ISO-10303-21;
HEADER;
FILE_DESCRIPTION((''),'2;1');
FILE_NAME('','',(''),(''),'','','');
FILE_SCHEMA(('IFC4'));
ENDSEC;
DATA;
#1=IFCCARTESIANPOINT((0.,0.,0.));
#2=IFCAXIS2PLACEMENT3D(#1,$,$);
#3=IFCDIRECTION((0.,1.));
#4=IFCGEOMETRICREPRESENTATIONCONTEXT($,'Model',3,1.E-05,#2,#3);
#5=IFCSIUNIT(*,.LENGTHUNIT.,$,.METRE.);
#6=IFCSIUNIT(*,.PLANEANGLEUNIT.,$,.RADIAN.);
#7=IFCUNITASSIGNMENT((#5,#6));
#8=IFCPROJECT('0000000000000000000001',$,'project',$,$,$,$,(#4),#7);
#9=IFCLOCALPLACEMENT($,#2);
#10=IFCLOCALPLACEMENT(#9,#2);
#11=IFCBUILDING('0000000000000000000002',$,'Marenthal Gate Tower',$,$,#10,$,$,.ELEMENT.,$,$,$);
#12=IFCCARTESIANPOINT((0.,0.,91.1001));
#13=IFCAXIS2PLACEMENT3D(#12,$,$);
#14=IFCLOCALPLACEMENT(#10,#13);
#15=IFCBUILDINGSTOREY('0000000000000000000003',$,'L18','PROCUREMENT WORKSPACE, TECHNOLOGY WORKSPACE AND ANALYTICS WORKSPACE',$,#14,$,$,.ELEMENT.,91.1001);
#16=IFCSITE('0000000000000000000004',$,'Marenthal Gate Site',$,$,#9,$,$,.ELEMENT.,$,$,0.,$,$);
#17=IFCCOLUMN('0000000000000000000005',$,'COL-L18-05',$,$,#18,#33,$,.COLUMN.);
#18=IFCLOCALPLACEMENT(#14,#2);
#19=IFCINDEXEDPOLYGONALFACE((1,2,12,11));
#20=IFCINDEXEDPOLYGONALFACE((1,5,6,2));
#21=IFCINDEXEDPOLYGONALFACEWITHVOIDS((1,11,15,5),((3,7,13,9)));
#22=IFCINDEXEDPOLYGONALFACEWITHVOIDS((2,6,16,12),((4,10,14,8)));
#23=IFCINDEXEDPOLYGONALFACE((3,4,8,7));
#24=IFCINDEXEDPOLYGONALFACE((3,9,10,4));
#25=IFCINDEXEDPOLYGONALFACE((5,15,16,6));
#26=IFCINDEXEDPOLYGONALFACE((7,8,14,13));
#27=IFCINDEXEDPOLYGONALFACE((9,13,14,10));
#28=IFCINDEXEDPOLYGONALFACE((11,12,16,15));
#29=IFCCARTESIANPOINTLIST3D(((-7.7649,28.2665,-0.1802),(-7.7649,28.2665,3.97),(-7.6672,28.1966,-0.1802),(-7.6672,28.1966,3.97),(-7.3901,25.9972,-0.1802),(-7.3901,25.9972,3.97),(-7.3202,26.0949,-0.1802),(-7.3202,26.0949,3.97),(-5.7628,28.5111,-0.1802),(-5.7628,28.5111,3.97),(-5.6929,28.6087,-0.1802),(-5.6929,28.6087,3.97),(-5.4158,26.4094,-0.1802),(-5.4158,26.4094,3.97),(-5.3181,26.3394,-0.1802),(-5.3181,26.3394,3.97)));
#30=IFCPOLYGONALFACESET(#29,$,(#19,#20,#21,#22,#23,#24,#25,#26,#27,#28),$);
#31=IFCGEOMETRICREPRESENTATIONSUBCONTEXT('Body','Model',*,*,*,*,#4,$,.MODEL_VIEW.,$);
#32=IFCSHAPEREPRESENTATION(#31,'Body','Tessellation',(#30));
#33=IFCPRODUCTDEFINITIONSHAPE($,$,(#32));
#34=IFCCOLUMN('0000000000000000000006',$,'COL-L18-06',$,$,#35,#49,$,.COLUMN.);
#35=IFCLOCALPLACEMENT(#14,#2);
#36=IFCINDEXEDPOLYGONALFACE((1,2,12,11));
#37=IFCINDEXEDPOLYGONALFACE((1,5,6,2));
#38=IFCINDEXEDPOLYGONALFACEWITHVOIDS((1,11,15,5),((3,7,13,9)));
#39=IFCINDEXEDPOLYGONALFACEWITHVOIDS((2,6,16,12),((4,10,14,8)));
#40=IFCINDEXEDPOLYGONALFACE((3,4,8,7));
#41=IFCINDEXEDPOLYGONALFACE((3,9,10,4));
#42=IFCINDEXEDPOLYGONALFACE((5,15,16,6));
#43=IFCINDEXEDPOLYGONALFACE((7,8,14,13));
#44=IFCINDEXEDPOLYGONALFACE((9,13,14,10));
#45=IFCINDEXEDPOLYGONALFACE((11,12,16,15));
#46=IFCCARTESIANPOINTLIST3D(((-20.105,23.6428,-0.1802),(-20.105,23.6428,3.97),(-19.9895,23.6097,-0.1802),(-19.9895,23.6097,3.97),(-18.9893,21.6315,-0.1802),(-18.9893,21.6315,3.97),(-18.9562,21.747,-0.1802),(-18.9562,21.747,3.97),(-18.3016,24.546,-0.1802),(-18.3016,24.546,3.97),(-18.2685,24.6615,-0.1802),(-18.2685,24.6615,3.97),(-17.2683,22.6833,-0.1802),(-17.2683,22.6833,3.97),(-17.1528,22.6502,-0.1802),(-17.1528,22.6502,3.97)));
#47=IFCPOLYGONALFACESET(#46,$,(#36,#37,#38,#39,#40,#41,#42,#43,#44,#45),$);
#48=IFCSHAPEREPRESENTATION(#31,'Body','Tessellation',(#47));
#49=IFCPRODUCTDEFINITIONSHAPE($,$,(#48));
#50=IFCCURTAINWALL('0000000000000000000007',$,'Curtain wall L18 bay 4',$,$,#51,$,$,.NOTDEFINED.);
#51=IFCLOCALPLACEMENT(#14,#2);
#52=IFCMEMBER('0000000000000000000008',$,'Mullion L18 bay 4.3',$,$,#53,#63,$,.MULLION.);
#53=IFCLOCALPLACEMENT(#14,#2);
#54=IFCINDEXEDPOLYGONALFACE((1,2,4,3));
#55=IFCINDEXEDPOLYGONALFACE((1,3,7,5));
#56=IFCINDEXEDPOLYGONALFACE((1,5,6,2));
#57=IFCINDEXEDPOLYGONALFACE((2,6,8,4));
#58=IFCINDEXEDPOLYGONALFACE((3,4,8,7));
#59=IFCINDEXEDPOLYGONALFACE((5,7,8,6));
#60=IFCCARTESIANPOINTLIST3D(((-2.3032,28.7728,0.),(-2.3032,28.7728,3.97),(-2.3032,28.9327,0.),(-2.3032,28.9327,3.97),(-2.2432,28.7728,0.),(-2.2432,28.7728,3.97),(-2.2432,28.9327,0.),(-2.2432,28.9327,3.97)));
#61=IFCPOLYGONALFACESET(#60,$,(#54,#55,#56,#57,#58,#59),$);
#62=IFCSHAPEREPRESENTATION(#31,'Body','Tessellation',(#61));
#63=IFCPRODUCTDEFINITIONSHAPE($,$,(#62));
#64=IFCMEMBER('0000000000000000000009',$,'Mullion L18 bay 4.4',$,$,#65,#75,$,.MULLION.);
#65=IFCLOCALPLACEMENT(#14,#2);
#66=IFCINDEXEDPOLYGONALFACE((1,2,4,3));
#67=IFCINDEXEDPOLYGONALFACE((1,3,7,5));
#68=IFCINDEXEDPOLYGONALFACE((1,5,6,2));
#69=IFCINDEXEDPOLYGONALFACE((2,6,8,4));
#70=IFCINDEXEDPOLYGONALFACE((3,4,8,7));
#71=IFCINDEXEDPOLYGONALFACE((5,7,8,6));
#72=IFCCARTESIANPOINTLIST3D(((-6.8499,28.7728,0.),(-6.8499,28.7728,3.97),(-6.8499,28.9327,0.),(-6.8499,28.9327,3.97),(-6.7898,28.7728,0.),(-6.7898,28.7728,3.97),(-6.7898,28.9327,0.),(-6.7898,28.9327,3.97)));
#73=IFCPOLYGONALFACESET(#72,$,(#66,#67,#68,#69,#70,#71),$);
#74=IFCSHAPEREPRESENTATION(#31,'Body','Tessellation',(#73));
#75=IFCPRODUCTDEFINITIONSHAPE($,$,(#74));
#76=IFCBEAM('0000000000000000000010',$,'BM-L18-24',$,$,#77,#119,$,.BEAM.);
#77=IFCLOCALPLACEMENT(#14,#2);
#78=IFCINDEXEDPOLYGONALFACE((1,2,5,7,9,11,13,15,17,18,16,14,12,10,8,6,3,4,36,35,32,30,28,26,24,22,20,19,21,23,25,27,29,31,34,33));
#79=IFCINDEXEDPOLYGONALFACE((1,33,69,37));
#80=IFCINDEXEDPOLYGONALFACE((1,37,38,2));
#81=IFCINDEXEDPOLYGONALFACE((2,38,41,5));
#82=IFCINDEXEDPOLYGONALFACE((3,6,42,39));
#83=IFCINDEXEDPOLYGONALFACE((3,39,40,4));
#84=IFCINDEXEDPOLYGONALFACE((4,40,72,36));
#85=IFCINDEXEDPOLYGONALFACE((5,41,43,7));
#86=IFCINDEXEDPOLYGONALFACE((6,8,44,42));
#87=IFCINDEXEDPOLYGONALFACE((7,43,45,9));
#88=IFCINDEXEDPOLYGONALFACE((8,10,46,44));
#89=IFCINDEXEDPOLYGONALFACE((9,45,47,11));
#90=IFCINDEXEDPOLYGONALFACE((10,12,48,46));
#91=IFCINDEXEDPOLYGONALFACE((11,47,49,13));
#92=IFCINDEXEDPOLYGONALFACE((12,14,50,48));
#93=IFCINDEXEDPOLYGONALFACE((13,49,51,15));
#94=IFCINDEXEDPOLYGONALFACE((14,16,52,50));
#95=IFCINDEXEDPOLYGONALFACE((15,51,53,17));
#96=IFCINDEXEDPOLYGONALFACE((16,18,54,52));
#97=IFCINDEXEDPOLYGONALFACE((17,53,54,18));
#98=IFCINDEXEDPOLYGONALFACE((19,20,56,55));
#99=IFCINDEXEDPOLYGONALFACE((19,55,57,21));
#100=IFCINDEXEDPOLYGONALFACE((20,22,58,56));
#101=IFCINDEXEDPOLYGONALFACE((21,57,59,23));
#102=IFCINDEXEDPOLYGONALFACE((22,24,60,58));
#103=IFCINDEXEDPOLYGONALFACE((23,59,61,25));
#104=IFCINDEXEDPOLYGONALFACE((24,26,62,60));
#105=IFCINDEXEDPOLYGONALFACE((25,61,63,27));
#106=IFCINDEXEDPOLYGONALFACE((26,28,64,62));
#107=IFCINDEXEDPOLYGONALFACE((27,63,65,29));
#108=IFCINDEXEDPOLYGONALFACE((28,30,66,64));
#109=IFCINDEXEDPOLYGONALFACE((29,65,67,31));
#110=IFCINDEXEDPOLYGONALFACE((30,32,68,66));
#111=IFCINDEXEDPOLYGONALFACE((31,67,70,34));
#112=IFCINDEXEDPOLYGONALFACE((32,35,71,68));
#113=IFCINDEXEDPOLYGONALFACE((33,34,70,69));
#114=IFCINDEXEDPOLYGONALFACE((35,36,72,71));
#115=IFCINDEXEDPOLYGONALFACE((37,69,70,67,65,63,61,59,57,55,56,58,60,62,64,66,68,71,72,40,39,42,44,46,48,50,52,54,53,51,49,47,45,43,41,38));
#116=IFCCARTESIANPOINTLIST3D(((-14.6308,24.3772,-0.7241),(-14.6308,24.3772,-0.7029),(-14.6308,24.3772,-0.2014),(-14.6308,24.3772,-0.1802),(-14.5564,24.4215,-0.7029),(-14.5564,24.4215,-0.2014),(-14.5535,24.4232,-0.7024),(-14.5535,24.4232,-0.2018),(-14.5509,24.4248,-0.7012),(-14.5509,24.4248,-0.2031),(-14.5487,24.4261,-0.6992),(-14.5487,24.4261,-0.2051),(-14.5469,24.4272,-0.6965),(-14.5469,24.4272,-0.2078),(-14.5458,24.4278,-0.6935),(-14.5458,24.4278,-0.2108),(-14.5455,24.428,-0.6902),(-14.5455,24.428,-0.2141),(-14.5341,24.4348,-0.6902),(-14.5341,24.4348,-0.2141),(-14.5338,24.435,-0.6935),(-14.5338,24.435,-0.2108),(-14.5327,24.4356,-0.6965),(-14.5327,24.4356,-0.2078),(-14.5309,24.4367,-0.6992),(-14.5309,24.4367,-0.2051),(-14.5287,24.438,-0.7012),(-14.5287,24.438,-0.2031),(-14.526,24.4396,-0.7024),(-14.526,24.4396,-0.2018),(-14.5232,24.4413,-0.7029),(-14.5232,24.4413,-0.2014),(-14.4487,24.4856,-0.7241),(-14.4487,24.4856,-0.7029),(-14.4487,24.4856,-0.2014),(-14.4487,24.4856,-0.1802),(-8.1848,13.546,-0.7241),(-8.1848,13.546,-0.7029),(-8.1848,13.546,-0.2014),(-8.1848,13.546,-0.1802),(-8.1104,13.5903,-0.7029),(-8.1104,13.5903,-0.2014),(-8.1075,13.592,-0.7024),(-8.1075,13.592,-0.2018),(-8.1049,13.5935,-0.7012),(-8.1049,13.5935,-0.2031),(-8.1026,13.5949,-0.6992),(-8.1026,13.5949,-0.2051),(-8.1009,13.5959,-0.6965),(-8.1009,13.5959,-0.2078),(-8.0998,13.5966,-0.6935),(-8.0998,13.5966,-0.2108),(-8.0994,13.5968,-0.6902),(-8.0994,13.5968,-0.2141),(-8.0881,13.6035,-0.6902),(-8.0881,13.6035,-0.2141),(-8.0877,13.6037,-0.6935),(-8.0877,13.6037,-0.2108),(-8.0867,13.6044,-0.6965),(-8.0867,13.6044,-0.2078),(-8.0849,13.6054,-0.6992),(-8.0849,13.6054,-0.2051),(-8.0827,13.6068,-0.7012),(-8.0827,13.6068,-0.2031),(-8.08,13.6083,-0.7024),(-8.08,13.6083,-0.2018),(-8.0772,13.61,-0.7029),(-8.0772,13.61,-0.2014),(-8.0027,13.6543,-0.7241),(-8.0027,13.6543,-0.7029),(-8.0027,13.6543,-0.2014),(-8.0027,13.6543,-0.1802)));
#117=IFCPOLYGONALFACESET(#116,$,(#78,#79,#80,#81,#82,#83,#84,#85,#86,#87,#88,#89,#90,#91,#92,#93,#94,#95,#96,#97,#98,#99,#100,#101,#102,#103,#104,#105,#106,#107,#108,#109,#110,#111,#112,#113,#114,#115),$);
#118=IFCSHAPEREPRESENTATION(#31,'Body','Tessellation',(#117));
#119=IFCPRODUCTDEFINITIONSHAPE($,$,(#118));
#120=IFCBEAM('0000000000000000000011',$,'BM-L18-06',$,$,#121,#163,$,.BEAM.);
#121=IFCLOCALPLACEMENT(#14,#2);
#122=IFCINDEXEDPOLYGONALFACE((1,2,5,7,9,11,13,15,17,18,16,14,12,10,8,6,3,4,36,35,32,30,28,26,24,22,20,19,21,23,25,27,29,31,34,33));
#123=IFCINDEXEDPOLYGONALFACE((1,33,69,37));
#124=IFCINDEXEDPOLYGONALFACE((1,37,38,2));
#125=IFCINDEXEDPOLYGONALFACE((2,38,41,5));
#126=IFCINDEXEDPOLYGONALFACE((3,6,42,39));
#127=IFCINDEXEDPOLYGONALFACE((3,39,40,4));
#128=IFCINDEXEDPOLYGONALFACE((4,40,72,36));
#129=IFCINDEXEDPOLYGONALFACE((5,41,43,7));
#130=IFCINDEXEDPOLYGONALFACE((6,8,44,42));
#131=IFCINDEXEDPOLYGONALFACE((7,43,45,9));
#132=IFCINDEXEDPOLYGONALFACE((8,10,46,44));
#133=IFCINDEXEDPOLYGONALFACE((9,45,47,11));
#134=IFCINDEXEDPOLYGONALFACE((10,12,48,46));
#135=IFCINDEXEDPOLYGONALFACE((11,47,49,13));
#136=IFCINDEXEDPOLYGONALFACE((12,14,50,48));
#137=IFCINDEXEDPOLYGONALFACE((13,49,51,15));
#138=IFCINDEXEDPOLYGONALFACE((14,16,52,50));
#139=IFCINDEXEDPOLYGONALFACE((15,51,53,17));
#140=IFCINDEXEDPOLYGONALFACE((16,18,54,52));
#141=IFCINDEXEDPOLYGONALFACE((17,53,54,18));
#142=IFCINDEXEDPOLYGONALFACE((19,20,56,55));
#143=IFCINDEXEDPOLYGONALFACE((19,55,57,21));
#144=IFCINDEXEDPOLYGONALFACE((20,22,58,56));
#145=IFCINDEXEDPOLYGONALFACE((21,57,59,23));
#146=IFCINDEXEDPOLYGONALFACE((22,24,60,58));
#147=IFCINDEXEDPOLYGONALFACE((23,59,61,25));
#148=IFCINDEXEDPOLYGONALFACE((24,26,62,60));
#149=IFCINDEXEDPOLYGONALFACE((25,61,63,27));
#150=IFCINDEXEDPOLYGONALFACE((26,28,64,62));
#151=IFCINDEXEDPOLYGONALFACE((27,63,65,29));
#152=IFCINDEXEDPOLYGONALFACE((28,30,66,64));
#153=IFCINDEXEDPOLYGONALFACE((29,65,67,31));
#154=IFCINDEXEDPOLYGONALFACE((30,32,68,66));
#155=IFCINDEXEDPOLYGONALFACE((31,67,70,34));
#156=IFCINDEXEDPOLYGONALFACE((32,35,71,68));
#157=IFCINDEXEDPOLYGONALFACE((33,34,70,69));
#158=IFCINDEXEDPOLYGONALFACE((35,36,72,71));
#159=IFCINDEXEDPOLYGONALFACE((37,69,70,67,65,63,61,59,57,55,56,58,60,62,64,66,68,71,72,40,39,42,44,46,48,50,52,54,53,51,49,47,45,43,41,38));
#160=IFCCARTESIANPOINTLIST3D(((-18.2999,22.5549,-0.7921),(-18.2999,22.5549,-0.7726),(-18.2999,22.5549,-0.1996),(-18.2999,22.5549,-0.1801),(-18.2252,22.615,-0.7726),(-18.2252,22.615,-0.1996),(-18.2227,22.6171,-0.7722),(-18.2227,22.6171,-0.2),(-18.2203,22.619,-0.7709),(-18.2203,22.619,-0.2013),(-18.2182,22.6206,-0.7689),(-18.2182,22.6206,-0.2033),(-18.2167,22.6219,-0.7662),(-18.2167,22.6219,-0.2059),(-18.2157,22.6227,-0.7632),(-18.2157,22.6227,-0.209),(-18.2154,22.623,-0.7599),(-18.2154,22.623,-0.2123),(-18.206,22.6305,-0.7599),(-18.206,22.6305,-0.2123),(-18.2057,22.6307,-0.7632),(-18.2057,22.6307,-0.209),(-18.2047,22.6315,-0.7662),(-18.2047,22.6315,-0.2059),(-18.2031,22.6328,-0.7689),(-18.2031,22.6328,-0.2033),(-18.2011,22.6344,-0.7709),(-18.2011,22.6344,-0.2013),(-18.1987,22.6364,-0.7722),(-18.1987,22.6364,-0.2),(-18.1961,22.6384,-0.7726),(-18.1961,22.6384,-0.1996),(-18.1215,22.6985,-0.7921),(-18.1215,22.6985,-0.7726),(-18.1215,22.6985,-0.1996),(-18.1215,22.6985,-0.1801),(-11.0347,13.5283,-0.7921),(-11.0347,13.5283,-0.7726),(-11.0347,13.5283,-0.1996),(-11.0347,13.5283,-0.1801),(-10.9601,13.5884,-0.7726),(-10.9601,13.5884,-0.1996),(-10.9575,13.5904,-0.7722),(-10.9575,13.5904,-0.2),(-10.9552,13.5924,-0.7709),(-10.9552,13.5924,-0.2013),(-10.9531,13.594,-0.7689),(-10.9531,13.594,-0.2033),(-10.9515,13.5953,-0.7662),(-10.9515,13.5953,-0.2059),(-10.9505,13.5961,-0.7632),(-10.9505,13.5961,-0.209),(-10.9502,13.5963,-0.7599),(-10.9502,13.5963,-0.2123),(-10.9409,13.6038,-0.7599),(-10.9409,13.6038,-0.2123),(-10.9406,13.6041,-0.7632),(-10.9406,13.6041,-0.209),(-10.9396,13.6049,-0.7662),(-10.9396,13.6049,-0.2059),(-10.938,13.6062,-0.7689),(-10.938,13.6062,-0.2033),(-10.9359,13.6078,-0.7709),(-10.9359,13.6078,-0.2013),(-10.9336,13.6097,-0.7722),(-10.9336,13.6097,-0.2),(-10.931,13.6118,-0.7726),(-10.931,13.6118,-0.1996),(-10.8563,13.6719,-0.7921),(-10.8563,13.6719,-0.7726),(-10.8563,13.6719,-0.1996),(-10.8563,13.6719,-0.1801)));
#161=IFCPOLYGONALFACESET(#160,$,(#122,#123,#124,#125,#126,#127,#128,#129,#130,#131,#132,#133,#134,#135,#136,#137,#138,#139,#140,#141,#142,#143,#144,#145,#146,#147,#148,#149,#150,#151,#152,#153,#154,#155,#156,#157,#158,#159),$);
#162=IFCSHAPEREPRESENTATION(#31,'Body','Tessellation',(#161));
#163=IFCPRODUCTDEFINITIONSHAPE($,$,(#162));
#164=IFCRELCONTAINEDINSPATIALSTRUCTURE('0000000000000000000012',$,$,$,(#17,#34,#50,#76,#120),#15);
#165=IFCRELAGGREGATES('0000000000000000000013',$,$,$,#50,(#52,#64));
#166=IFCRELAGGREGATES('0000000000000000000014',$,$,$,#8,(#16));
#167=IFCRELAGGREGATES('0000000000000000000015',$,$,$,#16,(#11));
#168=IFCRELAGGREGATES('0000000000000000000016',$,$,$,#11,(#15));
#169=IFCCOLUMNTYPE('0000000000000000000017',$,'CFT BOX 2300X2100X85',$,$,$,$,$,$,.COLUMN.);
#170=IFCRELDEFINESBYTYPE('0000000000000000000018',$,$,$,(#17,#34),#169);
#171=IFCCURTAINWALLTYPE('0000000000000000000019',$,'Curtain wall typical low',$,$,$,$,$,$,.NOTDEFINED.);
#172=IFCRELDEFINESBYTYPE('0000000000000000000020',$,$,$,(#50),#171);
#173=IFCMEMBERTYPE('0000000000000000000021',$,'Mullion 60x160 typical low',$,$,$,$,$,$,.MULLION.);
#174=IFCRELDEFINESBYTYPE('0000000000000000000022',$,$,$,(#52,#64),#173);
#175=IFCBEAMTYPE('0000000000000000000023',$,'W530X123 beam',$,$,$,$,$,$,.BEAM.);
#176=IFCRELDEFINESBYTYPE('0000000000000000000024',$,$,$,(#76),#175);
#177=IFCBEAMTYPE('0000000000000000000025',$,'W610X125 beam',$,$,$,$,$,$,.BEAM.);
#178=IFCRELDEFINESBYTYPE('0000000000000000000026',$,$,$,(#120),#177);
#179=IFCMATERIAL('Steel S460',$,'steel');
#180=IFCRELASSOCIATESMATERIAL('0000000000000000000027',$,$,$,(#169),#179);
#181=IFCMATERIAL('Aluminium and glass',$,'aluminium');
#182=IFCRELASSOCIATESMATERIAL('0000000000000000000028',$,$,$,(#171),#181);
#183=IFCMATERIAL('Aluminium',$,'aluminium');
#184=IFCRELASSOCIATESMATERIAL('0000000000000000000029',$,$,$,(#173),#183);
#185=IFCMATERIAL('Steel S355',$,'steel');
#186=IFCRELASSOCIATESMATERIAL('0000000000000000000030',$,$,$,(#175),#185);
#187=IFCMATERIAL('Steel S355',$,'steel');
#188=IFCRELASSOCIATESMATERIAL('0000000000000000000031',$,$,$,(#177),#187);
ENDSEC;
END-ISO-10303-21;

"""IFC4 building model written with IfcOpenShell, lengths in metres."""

from ifc_helpers import new_model, si_unit, direction, frame, origin, origin_2d, place, context, subcontext, project, spatial, rectangle, hollow_rectangle, i_section, extrude, material, material_profile, profile_set, type_object, element, aggregate, save


model = new_model("IFC4")

# Units and contexts
model_context = context("Model", 3, precision=1e-05, world=origin(), true_north=direction((0.0, 1.0)))
body_context = subcontext(model_context, "Body", "Model", "MODEL_VIEW")
ifc_project = project(units=[si_unit("LENGTHUNIT", "METRE"), si_unit("PLANEANGLEUNIT", "RADIAN")], contexts=[model_context])

# Site, building, storey
site_placement = place(None, origin())
site = spatial("IfcSite", under=ifc_project, at=site_placement, Name="Marenthal Gate Site", CompositionType="ELEMENT", RefElevation=0.0)
building_placement = place(site_placement, origin())
building = spatial("IfcBuilding", under=site, at=building_placement, Name="Marenthal Gate Tower", CompositionType="ELEMENT")
storey_placement = place(building_placement, frame((0.0, 0.0, 91.1001)))
storey = spatial("IfcBuildingStorey", under=building, at=storey_placement, Name="L18", Description="PROCUREMENT WORKSPACE, TECHNOLOGY WORKSPACE AND ANALYTICS WORKSPACE", CompositionType="ELEMENT", Elevation=91.1001)

# Columns
ifc_material_1 = material(Name="Steel S460", Category="steel")
ifc_material_profile_1 = material_profile(ifc_material_1, hollow_rectangle(XDim=2.1001, YDim=2.3, WallThickness=0.085, at=origin_2d()), Name="CFT BOX 2300X2100X85")
ifc_material_2 = material(Name="Concrete 70 MPa", Category="concrete")
ifc_material_profile_2 = material_profile(ifc_material_2, rectangle(XDim=1.9299, YDim=2.1299, at=origin_2d()), Name="CFT BOX 2300X2100X85 INFILL")
ifc_profile_set_1 = profile_set([ifc_material_profile_1, ifc_material_profile_2], Name="Steel S460 shell, Concrete 70 MPa infill")
column_type = type_object("IfcColumnType", Name="CFT BOX 2300X2100X85", PredefinedType="COLUMN", material=ifc_profile_set_1)
for number, where, z_axis, x_axis, name in (
    (1, (-6.5415, 27.303, -0.1802), (0.0, 0.0, 1.0), (0.986637, 0.162933, 0.0), "COL-L18-05"),
    (2, (-18.6289, 23.1465, -0.1802), (0.0, 0.0, 1.0), (0.874462, 0.485094, 0.0), "COL-L18-06"),
):
    element("IfcColumn", number, at=place(storey_placement, frame(where, z_axis=z_axis, x_axis=x_axis)), inside=storey, type_object=column_type, Name=name, PredefinedType="COLUMN", context=body_context, shape_type="SweptSolid", body=[
        extrude(hollow_rectangle(XDim=2.1001, YDim=2.3, WallThickness=0.085, at=origin_2d()), origin(), (0.0, 0.0, 1.0), 4.1501),
    ])

# Curtain wall, members
ifc_material_3 = material(Name="Aluminium and glass", Category="aluminium")
curtain_wall_type = type_object("IfcCurtainWallType", Name="Curtain wall typical low", PredefinedType="NOTDEFINED", material=ifc_material_3)
curtain_wall_placement = place(storey_placement, origin())
curtain_wall = element("IfcCurtainWall", 3, at=curtain_wall_placement, inside=storey, type_object=curtain_wall_type, Name="Curtain wall L18 bay 4", PredefinedType="NOTDEFINED")
ifc_material_4 = material(Name="Aluminium", Category="aluminium")
ifc_material_profile_3 = material_profile(ifc_material_4, rectangle(XDim=0.1599, YDim=0.0601, at=origin_2d()), Name="60x160 aluminium mullion")
ifc_profile_set_2 = profile_set([ifc_material_profile_3], Name="Aluminium")
member_type = type_object("IfcMemberType", Name="Mullion 60x160 typical low", PredefinedType="MULLION", material=ifc_profile_set_2)
member_1_placement = place(storey_placement, frame((-2.2732, 28.8528, 0.0), z_axis=(0.0, 0.0, 1.0), x_axis=(0.0, -1.0, 0.0)))
member_1 = element("IfcMember", 4, at=member_1_placement, type_object=member_type, Name="Mullion L18 bay 4.3", PredefinedType="MULLION", context=body_context, shape_type="SweptSolid", body=[
    extrude(rectangle(XDim=0.1599, YDim=0.0601, at=origin_2d()), origin(), (0.0, 0.0, 1.0), 3.97),
])
member_2_placement = place(storey_placement, frame((-6.8198, 28.8528, 0.0), z_axis=(0.0, 0.0, 1.0), x_axis=(0.0, -1.0, 0.0)))
member_2 = element("IfcMember", 5, at=member_2_placement, type_object=member_type, Name="Mullion L18 bay 4.4", PredefinedType="MULLION", context=body_context, shape_type="SweptSolid", body=[
    extrude(rectangle(XDim=0.1599, YDim=0.0601, at=origin_2d()), origin(), (0.0, 0.0, 1.0), 3.97),
])

# Beams
ifc_material_5 = material(Name="Steel S355", Category="steel")
ifc_material_profile_4 = material_profile(ifc_material_5, i_section(OverallWidth=0.2119, OverallDepth=0.5439, WebThickness=0.0132, FlangeThickness=0.0212, FilletRadius=0.0127, at=origin_2d()), Name="W530X123")
ifc_profile_set_3 = profile_set([ifc_material_profile_4], Name="Steel S355")
beam_type_1 = type_object("IfcBeamType", Name="W530X123 beam", PredefinedType="BEAM", material=ifc_profile_set_3)
beam_1_placement = place(storey_placement, frame((-14.5398, 24.4314, -0.4521), z_axis=(0.511416, -0.859333, 0.0), x_axis=(0.859333, 0.511416, 0.0)))
element("IfcBeam", 6, at=beam_1_placement, inside=storey, type_object=beam_type_1, Name="BM-L18-24", PredefinedType="BEAM", context=body_context, shape_type="SweptSolid", body=[
    extrude(i_section(OverallWidth=0.2119, OverallDepth=0.5439, WebThickness=0.0132, FlangeThickness=0.0212, FilletRadius=0.0127, at=origin_2d()), origin(), (0.0, 0.0, 1.0), 12.6042),
])
ifc_material_6 = material(Name="Steel S355", Category="steel")
ifc_material_profile_5 = material_profile(ifc_material_6, i_section(OverallWidth=0.229, OverallDepth=0.6121, WebThickness=0.012, FlangeThickness=0.0195, FilletRadius=0.0127, at=origin_2d()), Name="W610X125")
ifc_profile_set_4 = profile_set([ifc_material_profile_5], Name="Steel S355")
beam_type_2 = type_object("IfcBeamType", Name="W610X125 beam", PredefinedType="BEAM", material=ifc_profile_set_4)
beam_2_placement = place(storey_placement, frame((-18.2107, 22.6267, -0.4861), z_axis=(0.627, -0.779019, 0.0), x_axis=(0.779019, 0.627, 0.0)))
element("IfcBeam", 7, at=beam_2_placement, inside=storey, type_object=beam_type_2, Name="BM-L18-06", PredefinedType="BEAM", context=body_context, shape_type="SweptSolid", body=[
    extrude(i_section(OverallWidth=0.229, OverallDepth=0.6121, WebThickness=0.012, FlangeThickness=0.0195, FilletRadius=0.0127, at=origin_2d()), origin(), (0.0, 0.0, 1.0), 11.5872),
])

aggregate(curtain_wall, [member_1, member_2])

save(model, "model.ifc")
